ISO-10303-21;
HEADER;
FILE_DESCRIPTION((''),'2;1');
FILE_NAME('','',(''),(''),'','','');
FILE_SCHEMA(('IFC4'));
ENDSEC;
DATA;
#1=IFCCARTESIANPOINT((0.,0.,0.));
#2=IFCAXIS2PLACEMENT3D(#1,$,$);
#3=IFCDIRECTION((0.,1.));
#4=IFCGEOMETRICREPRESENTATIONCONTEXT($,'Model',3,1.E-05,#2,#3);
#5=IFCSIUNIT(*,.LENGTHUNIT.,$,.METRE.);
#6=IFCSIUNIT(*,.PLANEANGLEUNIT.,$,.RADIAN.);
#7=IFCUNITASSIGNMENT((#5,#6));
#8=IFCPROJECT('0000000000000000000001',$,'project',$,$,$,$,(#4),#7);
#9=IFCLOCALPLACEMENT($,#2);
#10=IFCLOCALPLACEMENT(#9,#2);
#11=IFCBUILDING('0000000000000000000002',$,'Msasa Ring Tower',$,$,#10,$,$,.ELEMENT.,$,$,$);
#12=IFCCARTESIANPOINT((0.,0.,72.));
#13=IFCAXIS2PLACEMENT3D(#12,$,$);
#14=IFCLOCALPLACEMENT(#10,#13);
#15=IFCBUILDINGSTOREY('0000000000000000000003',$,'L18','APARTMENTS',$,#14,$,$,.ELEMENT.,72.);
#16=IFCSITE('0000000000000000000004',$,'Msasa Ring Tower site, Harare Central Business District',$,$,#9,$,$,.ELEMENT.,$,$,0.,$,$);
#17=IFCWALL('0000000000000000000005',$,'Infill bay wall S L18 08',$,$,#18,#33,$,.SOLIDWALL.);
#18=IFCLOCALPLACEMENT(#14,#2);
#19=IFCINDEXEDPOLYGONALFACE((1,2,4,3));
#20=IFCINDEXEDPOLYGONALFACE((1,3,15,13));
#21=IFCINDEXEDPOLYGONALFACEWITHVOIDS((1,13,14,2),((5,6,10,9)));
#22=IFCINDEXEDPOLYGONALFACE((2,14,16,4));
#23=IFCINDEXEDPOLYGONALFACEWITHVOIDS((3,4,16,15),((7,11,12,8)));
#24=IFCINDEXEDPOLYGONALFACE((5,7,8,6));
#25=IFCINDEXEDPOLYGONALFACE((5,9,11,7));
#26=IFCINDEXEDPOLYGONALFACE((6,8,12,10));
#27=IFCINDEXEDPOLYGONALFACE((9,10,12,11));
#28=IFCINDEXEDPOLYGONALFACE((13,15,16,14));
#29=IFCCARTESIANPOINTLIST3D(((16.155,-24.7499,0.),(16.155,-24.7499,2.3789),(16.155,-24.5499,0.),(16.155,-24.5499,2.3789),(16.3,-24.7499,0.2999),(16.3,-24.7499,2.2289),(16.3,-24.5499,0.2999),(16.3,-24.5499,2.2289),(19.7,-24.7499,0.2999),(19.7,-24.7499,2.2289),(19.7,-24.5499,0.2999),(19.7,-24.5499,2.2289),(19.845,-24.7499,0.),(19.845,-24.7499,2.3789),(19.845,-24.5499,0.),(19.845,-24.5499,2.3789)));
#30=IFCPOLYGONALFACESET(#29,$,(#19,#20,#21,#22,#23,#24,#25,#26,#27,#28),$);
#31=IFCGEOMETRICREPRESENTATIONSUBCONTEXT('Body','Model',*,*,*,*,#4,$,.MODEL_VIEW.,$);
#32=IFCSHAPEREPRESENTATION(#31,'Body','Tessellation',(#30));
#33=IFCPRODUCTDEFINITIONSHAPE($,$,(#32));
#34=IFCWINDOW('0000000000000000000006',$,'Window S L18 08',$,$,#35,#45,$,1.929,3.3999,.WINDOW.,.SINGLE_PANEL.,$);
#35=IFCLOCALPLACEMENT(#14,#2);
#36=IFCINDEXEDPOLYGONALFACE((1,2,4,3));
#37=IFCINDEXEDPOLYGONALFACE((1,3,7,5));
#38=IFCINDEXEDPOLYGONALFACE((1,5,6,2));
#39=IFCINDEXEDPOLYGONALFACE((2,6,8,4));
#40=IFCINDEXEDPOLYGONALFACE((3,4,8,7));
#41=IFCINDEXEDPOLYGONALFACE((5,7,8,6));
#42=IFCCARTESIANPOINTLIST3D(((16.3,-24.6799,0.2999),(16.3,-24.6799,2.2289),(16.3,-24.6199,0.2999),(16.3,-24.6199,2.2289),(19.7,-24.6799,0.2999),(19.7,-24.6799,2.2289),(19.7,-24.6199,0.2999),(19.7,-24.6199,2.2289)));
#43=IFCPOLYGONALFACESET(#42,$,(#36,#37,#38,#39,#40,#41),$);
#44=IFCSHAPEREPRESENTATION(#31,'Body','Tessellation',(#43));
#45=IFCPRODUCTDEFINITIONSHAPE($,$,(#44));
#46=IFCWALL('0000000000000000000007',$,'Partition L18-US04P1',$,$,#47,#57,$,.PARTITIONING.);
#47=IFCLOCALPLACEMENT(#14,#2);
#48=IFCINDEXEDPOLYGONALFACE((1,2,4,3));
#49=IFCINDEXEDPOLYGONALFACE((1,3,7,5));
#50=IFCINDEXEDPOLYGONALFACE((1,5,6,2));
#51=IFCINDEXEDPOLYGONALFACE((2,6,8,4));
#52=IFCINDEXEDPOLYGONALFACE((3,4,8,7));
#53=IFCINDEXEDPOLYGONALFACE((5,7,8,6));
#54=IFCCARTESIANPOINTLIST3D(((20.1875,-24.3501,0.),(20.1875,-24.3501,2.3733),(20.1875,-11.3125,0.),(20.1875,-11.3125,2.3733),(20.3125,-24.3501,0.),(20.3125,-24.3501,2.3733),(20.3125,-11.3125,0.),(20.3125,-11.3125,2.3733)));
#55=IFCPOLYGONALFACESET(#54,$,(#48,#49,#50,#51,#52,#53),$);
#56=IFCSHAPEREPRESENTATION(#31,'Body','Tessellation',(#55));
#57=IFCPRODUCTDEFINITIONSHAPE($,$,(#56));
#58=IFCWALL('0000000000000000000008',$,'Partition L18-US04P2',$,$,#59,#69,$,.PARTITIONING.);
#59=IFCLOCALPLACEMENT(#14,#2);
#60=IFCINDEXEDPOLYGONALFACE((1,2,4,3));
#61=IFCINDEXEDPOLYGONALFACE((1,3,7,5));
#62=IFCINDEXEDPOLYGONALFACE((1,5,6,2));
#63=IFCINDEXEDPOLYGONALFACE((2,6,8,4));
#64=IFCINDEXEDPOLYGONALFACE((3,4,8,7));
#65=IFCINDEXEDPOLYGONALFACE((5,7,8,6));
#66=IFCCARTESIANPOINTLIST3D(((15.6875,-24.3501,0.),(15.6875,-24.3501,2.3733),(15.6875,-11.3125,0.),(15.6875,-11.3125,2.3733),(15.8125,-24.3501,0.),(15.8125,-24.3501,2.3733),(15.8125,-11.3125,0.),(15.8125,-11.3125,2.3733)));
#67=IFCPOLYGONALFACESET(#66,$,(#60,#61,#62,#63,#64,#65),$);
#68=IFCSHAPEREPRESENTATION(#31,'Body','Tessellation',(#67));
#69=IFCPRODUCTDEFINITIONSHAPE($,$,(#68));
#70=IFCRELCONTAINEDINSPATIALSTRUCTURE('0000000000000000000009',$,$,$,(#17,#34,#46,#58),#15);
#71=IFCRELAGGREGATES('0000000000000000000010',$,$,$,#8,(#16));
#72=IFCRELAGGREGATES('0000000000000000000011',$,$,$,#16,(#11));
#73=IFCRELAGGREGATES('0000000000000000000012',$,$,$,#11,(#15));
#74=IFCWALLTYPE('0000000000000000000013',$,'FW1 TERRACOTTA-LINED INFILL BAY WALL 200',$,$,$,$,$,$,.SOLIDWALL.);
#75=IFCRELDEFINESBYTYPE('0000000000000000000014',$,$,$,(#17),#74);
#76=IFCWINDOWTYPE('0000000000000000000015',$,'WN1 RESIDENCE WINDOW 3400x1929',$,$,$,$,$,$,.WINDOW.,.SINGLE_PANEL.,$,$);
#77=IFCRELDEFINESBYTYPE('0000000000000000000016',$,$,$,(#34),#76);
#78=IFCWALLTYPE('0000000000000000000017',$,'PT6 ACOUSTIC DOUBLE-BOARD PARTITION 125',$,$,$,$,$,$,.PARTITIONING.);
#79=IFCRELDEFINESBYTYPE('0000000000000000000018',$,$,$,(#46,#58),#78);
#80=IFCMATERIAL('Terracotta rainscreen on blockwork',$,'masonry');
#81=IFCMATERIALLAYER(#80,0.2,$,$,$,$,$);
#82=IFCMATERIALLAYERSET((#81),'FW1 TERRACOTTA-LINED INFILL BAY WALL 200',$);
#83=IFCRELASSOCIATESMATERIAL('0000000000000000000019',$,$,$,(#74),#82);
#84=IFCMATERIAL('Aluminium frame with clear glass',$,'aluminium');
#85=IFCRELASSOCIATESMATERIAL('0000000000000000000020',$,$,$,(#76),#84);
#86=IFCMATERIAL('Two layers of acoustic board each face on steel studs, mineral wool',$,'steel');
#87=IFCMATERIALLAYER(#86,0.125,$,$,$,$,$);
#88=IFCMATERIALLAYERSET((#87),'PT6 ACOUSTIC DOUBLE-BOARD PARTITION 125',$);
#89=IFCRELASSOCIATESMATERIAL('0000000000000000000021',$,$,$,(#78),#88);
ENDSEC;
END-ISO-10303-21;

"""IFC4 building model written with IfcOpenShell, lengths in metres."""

from ifc_helpers import new_model, si_unit, direction, frame, frame_2d, origin, place, context, subcontext, project, spatial, rectangle, extrude, material, layer, layer_set, type_object, element, fill, save


model = new_model("IFC4")

# Units and contexts
model_context = context("Model", 3, precision=1e-05, world=origin(), true_north=direction((0.0, 1.0)))
body_context = subcontext(model_context, "Body", "Model", "MODEL_VIEW")
ifc_project = project(units=[si_unit("LENGTHUNIT", "METRE"), si_unit("PLANEANGLEUNIT", "RADIAN")], contexts=[model_context])

# Site, building, storey
site_placement = place(None, origin())
site = spatial("IfcSite", under=ifc_project, at=site_placement, Name="Msasa Ring Tower site, Harare Central Business District", CompositionType="ELEMENT", RefElevation=0.0)
building_placement = place(site_placement, origin())
building = spatial("IfcBuilding", under=site, at=building_placement, Name="Msasa Ring Tower", CompositionType="ELEMENT")
storey_placement = place(building_placement, frame((0.0, 0.0, 72.0)))
storey = spatial("IfcBuildingStorey", under=building, at=storey_placement, Name="L18", Description="APARTMENTS", CompositionType="ELEMENT", Elevation=72.0)

# Wall, opening, window
ifc_material_1 = material(Name="Terracotta rainscreen on blockwork", Category="masonry")
ifc_layer_1 = layer(ifc_material_1, 0.2)
ifc_layer_set_1 = layer_set([ifc_layer_1], Name="FW1 TERRACOTTA-LINED INFILL BAY WALL 200")
wall_type_1 = type_object("IfcWallType", Name="FW1 TERRACOTTA-LINED INFILL BAY WALL 200", PredefinedType="SOLIDWALL", material=ifc_layer_set_1)
wall_placement = place(storey_placement, frame((16.155, -24.6499, 0.0), z_axis=(0.0, 0.0, 1.0), x_axis=(1.0, 0.0, 0.0)))
wall = element("IfcWall", 1, at=wall_placement, inside=storey, type_object=wall_type_1, Name="Infill bay wall S L18 08", PredefinedType="SOLIDWALL", context=body_context, shape_type="SweptSolid", body=[
    extrude(rectangle(XDim=3.6899, YDim=0.2, at=frame_2d((1.845, 0.0))), origin(), (0.0, 0.0, 1.0), 2.3789),
])
opening_placement = place(wall_placement, frame((0.145, 0.0, 0.3)))
opening = element("IfcOpeningElement", 2, at=opening_placement, cuts=wall, PredefinedType="OPENING", context=body_context, shape_type="SweptSolid", body=[
    extrude(rectangle(XDim=3.3999, YDim=1.929, at=frame_2d((1.7, 0.9644))), frame((0.0, 0.1099, 0.0), z_axis=(0.0, -1.0, 0.0), x_axis=(1.0, 0.0, 0.0)), (0.0, 0.0, 1.0), 0.22),
])
ifc_material_2 = material(Name="Aluminium frame with clear glass", Category="aluminium")
window_type = type_object("IfcWindowType", Name="WN1 RESIDENCE WINDOW 3400x1929", PartitioningType="SINGLE_PANEL", PredefinedType="WINDOW", material=ifc_material_2)
window_placement = place(opening_placement, origin())
window = element("IfcWindow", 3, at=window_placement, inside=storey, type_object=window_type, Name="Window S L18 08", OverallHeight=1.929, OverallWidth=3.3999, PartitioningType="SINGLE_PANEL", PredefinedType="WINDOW", context=body_context, shape_type="SweptSolid", body=[
    extrude(rectangle(XDim=3.3999, YDim=1.929, at=frame_2d((1.7, 0.9644))), frame((0.0, 0.03, 0.0), z_axis=(0.0, -1.0, 0.0), x_axis=(1.0, 0.0, 0.0)), (0.0, 0.0, 1.0), 0.0601),
])
fill(opening, window)

# Walls
ifc_material_3 = material(Name="Two layers of acoustic board each face on steel studs, mineral wool", Category="steel")
ifc_layer_2 = layer(ifc_material_3, 0.125)
ifc_layer_set_2 = layer_set([ifc_layer_2], Name="PT6 ACOUSTIC DOUBLE-BOARD PARTITION 125")
wall_type_2 = type_object("IfcWallType", Name="PT6 ACOUSTIC DOUBLE-BOARD PARTITION 125", PredefinedType="PARTITIONING", material=ifc_layer_set_2)
for number, where, z_axis, x_axis, name in (
    (4, (20.25, -24.3501, 0.0), (0.0, 0.0, 1.0), (0.0, 1.0, 0.0), "Partition L18-US04P1"),
    (5, (15.75, -24.3501, 0.0), (0.0, 0.0, 1.0), (0.0, 1.0, 0.0), "Partition L18-US04P2"),
):
    element("IfcWall", number, at=place(storey_placement, frame(where, z_axis=z_axis, x_axis=x_axis)), inside=storey, type_object=wall_type_2, Name=name, PredefinedType="PARTITIONING", context=body_context, shape_type="SweptSolid", body=[
        extrude(rectangle(XDim=13.0376, YDim=0.125, at=frame_2d((6.5188, 0.0))), origin(), (0.0, 0.0, 1.0), 2.3733),
    ])

save(model, "model.ifc")
